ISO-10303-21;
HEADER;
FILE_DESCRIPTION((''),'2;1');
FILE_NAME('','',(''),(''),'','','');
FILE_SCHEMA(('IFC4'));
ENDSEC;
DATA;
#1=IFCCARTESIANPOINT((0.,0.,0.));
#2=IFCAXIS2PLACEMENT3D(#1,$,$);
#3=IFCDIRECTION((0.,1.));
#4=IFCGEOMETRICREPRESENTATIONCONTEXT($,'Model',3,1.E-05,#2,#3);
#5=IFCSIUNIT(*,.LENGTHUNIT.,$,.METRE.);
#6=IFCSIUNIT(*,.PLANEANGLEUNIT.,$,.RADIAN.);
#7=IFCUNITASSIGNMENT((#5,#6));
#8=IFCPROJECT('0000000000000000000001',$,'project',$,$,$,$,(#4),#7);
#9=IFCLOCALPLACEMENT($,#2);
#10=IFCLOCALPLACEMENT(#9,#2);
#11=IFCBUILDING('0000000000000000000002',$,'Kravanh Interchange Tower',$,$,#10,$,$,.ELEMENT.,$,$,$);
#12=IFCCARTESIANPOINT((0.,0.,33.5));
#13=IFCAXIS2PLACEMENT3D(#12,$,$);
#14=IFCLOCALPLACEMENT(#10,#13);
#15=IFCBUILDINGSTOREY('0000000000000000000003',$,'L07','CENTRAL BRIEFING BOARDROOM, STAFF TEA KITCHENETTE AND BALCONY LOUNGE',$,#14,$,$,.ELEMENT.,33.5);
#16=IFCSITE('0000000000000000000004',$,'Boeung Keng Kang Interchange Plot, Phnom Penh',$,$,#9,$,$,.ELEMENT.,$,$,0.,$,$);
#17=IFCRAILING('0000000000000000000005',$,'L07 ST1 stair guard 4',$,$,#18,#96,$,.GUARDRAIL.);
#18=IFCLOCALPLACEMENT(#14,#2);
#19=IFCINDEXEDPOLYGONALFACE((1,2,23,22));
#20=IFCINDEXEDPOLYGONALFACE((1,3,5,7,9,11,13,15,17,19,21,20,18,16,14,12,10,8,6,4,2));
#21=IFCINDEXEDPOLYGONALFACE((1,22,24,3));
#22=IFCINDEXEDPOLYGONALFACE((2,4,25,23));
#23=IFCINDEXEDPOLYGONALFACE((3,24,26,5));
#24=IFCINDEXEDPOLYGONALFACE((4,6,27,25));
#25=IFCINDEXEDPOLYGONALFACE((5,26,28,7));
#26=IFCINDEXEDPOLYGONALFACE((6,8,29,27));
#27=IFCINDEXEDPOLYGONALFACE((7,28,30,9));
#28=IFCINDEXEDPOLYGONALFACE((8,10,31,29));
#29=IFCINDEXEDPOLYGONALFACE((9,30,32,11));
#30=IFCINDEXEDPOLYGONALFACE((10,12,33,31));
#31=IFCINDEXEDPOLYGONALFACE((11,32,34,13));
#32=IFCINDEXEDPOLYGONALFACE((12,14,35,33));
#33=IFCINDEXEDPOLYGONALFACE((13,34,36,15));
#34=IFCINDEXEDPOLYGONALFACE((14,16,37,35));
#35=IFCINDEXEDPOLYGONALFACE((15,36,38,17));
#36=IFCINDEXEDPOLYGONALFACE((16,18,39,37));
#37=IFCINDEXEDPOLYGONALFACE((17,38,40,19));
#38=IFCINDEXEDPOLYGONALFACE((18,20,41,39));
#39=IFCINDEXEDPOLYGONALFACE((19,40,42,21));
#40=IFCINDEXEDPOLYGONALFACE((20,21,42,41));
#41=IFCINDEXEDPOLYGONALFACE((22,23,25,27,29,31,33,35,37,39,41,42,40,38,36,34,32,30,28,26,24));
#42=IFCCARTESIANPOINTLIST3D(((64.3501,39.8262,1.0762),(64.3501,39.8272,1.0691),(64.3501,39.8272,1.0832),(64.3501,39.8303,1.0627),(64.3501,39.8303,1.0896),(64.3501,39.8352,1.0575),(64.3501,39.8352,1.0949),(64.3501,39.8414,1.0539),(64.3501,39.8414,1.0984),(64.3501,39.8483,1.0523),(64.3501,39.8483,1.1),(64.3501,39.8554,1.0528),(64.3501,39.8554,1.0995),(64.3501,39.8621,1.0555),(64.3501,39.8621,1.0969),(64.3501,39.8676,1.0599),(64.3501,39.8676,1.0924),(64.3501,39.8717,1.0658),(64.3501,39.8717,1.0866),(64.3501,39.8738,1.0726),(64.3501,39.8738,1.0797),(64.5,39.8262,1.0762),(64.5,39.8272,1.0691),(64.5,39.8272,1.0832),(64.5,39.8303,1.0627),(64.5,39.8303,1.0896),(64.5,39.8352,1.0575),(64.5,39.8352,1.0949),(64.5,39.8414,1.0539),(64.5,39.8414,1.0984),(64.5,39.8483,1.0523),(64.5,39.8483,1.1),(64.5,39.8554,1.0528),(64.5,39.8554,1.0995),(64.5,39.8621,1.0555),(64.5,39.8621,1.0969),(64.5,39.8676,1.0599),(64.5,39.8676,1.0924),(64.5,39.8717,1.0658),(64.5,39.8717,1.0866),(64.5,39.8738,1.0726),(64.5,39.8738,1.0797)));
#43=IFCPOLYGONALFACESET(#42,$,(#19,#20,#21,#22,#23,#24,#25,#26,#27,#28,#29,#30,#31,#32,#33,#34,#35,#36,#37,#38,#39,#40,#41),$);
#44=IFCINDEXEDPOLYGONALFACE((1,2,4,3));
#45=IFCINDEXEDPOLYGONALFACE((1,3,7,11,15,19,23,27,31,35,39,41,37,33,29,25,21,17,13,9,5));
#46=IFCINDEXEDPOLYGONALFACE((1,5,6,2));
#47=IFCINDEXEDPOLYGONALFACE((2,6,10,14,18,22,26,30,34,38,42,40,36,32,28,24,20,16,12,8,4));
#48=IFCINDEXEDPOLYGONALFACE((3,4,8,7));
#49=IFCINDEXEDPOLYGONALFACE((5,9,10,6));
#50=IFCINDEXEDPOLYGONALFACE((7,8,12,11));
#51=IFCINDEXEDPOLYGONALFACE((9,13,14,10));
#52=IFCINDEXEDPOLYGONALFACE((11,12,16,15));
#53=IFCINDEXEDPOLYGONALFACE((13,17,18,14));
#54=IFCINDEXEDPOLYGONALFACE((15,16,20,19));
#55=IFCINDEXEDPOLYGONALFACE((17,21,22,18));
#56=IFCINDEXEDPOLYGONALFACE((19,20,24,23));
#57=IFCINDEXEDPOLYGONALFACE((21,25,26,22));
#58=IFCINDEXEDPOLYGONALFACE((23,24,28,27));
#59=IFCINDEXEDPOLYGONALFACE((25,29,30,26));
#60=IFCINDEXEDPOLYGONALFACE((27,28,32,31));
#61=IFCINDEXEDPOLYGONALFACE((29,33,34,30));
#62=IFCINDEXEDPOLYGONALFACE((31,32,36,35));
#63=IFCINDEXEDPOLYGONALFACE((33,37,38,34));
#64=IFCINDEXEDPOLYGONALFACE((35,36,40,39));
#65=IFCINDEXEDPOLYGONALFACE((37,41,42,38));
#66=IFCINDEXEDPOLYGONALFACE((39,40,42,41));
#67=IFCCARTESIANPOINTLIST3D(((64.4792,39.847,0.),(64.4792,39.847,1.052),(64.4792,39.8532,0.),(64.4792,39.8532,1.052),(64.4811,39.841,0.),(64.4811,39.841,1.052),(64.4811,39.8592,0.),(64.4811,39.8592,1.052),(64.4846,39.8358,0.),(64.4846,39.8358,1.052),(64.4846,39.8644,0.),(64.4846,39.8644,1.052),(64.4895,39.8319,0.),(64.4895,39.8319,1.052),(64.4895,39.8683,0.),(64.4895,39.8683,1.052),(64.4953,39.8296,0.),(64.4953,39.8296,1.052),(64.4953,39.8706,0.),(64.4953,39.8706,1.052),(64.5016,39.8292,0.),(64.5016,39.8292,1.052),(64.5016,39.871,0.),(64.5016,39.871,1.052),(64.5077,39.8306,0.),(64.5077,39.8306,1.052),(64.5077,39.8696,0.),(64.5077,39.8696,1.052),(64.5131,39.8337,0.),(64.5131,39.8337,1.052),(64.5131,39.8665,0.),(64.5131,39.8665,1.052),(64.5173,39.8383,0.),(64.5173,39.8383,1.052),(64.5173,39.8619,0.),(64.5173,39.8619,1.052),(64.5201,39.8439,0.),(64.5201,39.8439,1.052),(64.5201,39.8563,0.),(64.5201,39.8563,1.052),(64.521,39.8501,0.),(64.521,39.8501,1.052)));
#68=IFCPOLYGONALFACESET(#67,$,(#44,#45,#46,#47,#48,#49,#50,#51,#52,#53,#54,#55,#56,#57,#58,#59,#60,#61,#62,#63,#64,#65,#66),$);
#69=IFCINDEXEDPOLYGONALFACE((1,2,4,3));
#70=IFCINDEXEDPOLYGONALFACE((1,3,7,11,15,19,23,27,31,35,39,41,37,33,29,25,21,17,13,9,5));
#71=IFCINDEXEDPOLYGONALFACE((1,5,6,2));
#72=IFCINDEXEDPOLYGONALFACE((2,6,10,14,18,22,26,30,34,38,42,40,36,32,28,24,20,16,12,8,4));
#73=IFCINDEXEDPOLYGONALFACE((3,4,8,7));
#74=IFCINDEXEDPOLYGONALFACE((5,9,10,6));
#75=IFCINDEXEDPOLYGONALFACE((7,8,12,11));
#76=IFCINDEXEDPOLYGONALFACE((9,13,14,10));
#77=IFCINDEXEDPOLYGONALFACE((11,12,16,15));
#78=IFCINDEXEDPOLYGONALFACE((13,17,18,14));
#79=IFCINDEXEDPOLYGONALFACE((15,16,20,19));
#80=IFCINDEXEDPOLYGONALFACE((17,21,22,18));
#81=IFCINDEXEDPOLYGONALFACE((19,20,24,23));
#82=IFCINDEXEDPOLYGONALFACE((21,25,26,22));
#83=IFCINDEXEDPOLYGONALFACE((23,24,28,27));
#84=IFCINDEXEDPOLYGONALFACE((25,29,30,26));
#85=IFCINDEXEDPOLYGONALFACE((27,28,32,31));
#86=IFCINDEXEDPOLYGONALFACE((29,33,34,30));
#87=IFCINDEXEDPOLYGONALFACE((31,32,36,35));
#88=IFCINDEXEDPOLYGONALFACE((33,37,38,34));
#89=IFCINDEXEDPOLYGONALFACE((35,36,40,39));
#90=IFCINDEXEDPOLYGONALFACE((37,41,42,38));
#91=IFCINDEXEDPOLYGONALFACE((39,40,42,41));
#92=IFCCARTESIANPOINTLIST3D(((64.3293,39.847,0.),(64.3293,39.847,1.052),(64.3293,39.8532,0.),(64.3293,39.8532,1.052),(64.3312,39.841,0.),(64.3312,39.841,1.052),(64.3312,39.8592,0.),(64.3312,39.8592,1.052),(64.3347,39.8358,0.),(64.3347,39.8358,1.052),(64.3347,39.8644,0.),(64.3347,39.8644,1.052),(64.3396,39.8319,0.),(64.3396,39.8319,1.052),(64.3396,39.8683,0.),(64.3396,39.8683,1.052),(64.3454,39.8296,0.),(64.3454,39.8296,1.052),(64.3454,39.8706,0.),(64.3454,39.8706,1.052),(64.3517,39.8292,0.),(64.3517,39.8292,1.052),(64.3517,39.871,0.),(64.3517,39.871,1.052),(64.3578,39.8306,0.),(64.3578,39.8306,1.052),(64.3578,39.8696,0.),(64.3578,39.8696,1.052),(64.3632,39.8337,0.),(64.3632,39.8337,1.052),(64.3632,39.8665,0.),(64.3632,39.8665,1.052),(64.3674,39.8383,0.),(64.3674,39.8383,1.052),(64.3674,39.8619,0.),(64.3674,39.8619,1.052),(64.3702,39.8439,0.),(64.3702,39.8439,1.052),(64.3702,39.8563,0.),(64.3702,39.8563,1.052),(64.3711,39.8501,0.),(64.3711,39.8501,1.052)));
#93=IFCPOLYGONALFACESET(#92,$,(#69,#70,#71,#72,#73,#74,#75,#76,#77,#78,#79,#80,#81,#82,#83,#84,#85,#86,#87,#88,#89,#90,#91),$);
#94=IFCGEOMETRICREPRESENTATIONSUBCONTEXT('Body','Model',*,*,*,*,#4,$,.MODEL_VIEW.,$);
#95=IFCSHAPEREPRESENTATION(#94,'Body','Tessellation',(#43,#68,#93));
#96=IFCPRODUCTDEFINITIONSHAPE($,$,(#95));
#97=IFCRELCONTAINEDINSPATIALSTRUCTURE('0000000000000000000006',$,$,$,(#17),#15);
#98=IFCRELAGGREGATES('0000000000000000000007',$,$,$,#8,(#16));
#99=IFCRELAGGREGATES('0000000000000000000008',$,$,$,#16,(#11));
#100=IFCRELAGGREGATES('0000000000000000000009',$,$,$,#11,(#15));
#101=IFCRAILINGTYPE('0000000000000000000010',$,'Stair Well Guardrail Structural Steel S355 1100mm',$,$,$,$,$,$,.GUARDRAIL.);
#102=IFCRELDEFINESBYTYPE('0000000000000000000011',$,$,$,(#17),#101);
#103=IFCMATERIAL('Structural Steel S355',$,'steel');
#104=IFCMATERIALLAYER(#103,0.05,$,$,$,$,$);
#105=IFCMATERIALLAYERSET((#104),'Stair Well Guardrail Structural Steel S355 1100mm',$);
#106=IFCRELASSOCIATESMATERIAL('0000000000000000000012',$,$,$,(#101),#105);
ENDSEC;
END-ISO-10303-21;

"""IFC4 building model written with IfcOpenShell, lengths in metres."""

from ifc_helpers import new_model, si_unit, direction, frame, origin, origin_2d, place, context, subcontext, project, spatial, circle, extrude, material, layer, layer_set, type_object, element, save


model = new_model("IFC4")

# Units and contexts
model_context = context("Model", 3, precision=1e-05, world=origin(), true_north=direction((0.0, 1.0)))
body_context = subcontext(model_context, "Body", "Model", "MODEL_VIEW")
ifc_project = project(units=[si_unit("LENGTHUNIT", "METRE"), si_unit("PLANEANGLEUNIT", "RADIAN")], contexts=[model_context])

# Site, building, storey
site_placement = place(None, origin())
site = spatial("IfcSite", under=ifc_project, at=site_placement, Name="Boeung Keng Kang Interchange Plot, Phnom Penh", CompositionType="ELEMENT", RefElevation=0.0)
building_placement = place(site_placement, origin())
building = spatial("IfcBuilding", under=site, at=building_placement, Name="Kravanh Interchange Tower", CompositionType="ELEMENT")
storey_placement = place(building_placement, frame((0.0, 0.0, 33.5)))
storey = spatial("IfcBuildingStorey", under=building, at=storey_placement, Name="L07", Description="CENTRAL BRIEFING BOARDROOM, STAFF TEA KITCHENETTE AND BALCONY LOUNGE", CompositionType="ELEMENT", Elevation=33.5)

# Railing
ifc_material_1 = material(Name="Structural Steel S355", Category="steel")
ifc_layer_1 = layer(ifc_material_1, 0.05)
ifc_layer_set_1 = layer_set([ifc_layer_1], Name="Stair Well Guardrail Structural Steel S355 1100mm")
railing_type_1 = type_object("IfcRailingType", Name="Stair Well Guardrail Structural Steel S355 1100mm", PredefinedType="GUARDRAIL", material=ifc_layer_set_1)
railing_1_placement = place(storey_placement, frame((64.5, 39.8501, 0.0)))
element("IfcRailing", 1, at=railing_1_placement, inside=storey, type_object=railing_type_1, Name="L07 ST1 stair guard 4", PredefinedType="GUARDRAIL", context=body_context, shape_type="SweptSolid", body=[
    extrude(circle(Radius=0.0239, at=origin_2d()), frame((0.0, 0.0, 1.0762), z_axis=(-1.0, 0.0, 0.0), x_axis=(0.0, -1.0, 0.0)), (0.0, 0.0, 1.0), 0.1499),
    extrude(circle(Radius=0.021, at=origin_2d()), origin(), (0.0, 0.0, 1.0), 1.052),
    extrude(circle(Radius=0.021, at=origin_2d()), frame((-0.1499, 0.0, 0.0)), (0.0, 0.0, 1.0), 1.052),
])

save(model, "model.ifc")
